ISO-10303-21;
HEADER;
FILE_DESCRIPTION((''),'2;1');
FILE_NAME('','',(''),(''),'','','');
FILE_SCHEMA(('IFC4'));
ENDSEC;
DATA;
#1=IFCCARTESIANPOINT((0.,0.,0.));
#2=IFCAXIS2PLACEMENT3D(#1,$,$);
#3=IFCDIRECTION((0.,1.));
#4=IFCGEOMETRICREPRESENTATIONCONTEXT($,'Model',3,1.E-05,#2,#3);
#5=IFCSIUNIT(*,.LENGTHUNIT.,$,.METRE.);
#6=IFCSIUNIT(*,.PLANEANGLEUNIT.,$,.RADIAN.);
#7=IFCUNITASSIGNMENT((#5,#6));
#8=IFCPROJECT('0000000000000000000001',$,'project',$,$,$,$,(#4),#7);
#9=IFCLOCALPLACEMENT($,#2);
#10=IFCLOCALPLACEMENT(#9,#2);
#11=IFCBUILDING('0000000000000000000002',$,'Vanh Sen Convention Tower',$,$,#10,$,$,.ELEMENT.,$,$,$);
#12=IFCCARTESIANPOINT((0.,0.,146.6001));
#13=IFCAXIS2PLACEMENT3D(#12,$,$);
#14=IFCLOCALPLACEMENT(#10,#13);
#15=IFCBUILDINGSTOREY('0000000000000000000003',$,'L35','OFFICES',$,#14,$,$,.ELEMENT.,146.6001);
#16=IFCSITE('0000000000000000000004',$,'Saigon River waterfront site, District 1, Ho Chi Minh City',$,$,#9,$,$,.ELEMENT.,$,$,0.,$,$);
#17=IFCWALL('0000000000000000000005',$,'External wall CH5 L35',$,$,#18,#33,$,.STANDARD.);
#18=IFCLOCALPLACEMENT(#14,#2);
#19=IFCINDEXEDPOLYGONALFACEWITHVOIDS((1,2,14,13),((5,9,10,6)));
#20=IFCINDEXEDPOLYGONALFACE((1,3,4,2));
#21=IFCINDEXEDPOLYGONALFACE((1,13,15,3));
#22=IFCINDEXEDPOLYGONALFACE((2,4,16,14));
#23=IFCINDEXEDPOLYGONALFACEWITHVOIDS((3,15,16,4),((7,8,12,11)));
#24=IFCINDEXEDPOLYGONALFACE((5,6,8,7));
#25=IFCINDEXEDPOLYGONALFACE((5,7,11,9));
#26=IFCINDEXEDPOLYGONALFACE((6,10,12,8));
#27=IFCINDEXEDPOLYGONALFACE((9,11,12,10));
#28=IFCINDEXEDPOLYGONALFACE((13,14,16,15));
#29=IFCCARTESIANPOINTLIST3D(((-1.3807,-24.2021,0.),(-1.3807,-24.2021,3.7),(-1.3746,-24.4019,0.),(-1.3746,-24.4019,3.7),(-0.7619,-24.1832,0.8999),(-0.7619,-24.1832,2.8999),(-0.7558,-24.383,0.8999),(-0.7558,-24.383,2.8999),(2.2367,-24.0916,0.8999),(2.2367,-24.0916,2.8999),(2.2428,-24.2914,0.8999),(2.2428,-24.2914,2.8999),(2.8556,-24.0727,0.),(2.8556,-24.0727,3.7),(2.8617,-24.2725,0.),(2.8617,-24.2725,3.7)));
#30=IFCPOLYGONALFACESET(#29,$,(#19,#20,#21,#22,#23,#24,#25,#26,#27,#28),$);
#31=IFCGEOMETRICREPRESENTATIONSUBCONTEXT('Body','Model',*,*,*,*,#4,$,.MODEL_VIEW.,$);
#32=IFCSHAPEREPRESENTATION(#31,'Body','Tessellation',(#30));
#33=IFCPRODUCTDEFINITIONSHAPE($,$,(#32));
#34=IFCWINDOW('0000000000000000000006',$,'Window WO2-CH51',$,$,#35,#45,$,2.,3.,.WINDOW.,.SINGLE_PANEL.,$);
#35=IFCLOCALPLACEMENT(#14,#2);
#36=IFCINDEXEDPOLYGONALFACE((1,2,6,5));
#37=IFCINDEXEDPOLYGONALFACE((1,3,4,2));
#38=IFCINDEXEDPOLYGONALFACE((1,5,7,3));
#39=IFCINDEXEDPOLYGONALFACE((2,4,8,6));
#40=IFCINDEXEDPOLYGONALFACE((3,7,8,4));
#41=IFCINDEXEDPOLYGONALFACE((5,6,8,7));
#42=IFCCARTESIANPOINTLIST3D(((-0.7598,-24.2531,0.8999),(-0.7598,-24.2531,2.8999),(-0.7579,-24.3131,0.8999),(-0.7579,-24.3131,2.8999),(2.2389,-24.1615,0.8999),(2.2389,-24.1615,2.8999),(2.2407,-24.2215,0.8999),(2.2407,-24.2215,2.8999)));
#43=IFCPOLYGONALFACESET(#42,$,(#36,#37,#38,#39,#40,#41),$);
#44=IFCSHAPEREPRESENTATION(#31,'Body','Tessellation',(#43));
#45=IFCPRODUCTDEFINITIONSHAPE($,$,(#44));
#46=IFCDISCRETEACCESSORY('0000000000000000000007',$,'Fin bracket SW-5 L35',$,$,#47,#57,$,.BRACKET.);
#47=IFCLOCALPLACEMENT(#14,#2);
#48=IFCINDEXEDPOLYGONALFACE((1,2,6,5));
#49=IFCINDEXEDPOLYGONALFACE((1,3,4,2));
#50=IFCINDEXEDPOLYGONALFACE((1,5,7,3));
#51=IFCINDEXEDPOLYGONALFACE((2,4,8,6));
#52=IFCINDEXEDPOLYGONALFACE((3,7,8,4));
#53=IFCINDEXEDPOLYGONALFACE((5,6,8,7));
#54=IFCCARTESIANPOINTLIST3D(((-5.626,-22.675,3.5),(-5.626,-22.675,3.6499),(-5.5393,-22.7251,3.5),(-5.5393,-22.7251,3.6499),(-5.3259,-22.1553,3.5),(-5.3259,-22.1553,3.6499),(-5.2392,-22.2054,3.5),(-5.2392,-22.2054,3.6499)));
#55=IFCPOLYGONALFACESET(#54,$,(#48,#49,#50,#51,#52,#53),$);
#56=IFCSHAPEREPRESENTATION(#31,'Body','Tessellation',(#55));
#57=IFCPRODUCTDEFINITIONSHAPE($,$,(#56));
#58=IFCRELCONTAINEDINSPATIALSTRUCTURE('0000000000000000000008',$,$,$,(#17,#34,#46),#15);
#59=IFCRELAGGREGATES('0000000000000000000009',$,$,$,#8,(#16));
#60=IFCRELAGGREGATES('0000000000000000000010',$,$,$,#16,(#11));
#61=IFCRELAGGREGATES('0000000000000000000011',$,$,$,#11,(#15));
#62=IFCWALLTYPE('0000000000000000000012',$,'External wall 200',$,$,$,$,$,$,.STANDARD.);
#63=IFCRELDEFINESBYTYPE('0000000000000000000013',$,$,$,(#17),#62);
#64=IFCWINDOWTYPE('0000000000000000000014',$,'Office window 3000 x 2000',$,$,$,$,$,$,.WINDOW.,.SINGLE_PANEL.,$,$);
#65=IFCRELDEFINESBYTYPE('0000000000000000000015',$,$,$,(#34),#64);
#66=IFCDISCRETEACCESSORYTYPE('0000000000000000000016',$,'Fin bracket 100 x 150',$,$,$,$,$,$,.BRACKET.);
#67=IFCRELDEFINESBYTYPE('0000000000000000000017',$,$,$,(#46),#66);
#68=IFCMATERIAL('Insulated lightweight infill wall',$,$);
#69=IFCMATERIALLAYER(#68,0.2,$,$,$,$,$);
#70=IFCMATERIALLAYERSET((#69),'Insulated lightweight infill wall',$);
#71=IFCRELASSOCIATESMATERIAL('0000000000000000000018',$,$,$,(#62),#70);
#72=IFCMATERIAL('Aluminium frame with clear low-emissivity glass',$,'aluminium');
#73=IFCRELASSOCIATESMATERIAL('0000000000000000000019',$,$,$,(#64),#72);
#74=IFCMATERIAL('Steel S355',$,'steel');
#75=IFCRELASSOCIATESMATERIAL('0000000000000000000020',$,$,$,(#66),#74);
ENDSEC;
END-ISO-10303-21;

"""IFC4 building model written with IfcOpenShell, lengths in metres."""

from ifc_helpers import new_model, si_unit, direction, frame, frame_2d, origin, origin_2d, place, context, subcontext, project, spatial, rectangle, extrude, material, layer, layer_set, type_object, element, fill, save


model = new_model("IFC4")

# Units and contexts
model_context = context("Model", 3, precision=1e-05, world=origin(), true_north=direction((0.0, 1.0)))
body_context = subcontext(model_context, "Body", "Model", "MODEL_VIEW")
ifc_project = project(units=[si_unit("LENGTHUNIT", "METRE"), si_unit("PLANEANGLEUNIT", "RADIAN")], contexts=[model_context])

# Site, building, storey
site_placement = place(None, origin())
site = spatial("IfcSite", under=ifc_project, at=site_placement, Name="Saigon River waterfront site, District 1, Ho Chi Minh City", CompositionType="ELEMENT", RefElevation=0.0)
building_placement = place(site_placement, origin())
building = spatial("IfcBuilding", under=site, at=building_placement, Name="Vanh Sen Convention Tower", CompositionType="ELEMENT")
storey_placement = place(building_placement, frame((0.0, 0.0, 146.6001)))
storey = spatial("IfcBuildingStorey", under=building, at=storey_placement, Name="L35", Description="OFFICES", CompositionType="ELEMENT", Elevation=146.6001)

# Wall, opening, window
ifc_material_1 = material(Name="Insulated lightweight infill wall")
ifc_layer_1 = layer(ifc_material_1, 0.2)
ifc_layer_set_1 = layer_set([ifc_layer_1], Name="Insulated lightweight infill wall")
wall_type_1 = type_object("IfcWallType", Name="External wall 200", PredefinedType="STANDARD", material=ifc_layer_set_1)
wall_1_placement = place(storey_placement, frame((-1.3777, -24.302, 0.0), z_axis=(0.0, 0.0, 1.0), x_axis=(0.999534, 0.03053, 0.0)))
wall_1 = element("IfcWall", 1, at=wall_1_placement, inside=storey, type_object=wall_type_1, Name="External wall CH5 L35", PredefinedType="STANDARD", context=body_context, shape_type="SweptSolid", body=[
    extrude(rectangle(XDim=4.2383, YDim=0.2, at=frame_2d((2.1191, 0.0))), origin(), (0.0, 0.0, 1.0), 3.7),
])
opening_1_placement = place(wall_1_placement, frame((0.6191, 0.0, 0.8999)))
opening_1 = element("IfcOpeningElement", 2, at=opening_1_placement, cuts=wall_1, PredefinedType="OPENING", context=body_context, shape_type="SweptSolid", body=[
    extrude(rectangle(XDim=3.0, YDim=2.0, at=frame_2d((1.5, 1.0))), frame((0.0, 0.1099, 0.0), z_axis=(0.0, -1.0, 0.0), x_axis=(1.0, 0.0, 0.0)), (0.0, 0.0, 1.0), 0.22),
])
ifc_material_2 = material(Name="Aluminium frame with clear low-emissivity glass", Category="aluminium")
window_type = type_object("IfcWindowType", Name="Office window 3000 x 2000", PartitioningType="SINGLE_PANEL", PredefinedType="WINDOW", material=ifc_material_2)
window_placement = place(opening_1_placement, origin())
window = element("IfcWindow", 3, at=window_placement, inside=storey, type_object=window_type, Name="Window WO2-CH51", OverallHeight=2.0, OverallWidth=3.0, PartitioningType="SINGLE_PANEL", PredefinedType="WINDOW", context=body_context, shape_type="SweptSolid", body=[
    extrude(rectangle(XDim=3.0, YDim=2.0, at=frame_2d((1.5, 1.0))), frame((0.0, 0.03, 0.0), z_axis=(0.0, -1.0, 0.0), x_axis=(1.0, 0.0, 0.0)), (0.0, 0.0, 1.0), 0.0601),
])
fill(opening_1, window)

# Discrete accessory
ifc_material_3 = material(Name="Steel S355", Category="steel")
discrete_accessory_type = type_object("IfcDiscreteAccessoryType", Name="Fin bracket 100 x 150", PredefinedType="BRACKET", material=ifc_material_3)
discrete_accessory_placement = place(storey_placement, frame((-5.4326, -22.4402, 3.5), z_axis=(0.0, 0.0, 1.0), x_axis=(-0.5, -0.866025, 0.0)))
element("IfcDiscreteAccessory", 4, at=discrete_accessory_placement, inside=storey, type_object=discrete_accessory_type, Name="Fin bracket SW-5 L35", PredefinedType="BRACKET", context=body_context, shape_type="SweptSolid", body=[
    extrude(rectangle(XDim=0.6001, YDim=0.1001, at=origin_2d()), origin(), (0.0, 0.0, 1.0), 0.1499),
])

save(model, "model.ifc")
